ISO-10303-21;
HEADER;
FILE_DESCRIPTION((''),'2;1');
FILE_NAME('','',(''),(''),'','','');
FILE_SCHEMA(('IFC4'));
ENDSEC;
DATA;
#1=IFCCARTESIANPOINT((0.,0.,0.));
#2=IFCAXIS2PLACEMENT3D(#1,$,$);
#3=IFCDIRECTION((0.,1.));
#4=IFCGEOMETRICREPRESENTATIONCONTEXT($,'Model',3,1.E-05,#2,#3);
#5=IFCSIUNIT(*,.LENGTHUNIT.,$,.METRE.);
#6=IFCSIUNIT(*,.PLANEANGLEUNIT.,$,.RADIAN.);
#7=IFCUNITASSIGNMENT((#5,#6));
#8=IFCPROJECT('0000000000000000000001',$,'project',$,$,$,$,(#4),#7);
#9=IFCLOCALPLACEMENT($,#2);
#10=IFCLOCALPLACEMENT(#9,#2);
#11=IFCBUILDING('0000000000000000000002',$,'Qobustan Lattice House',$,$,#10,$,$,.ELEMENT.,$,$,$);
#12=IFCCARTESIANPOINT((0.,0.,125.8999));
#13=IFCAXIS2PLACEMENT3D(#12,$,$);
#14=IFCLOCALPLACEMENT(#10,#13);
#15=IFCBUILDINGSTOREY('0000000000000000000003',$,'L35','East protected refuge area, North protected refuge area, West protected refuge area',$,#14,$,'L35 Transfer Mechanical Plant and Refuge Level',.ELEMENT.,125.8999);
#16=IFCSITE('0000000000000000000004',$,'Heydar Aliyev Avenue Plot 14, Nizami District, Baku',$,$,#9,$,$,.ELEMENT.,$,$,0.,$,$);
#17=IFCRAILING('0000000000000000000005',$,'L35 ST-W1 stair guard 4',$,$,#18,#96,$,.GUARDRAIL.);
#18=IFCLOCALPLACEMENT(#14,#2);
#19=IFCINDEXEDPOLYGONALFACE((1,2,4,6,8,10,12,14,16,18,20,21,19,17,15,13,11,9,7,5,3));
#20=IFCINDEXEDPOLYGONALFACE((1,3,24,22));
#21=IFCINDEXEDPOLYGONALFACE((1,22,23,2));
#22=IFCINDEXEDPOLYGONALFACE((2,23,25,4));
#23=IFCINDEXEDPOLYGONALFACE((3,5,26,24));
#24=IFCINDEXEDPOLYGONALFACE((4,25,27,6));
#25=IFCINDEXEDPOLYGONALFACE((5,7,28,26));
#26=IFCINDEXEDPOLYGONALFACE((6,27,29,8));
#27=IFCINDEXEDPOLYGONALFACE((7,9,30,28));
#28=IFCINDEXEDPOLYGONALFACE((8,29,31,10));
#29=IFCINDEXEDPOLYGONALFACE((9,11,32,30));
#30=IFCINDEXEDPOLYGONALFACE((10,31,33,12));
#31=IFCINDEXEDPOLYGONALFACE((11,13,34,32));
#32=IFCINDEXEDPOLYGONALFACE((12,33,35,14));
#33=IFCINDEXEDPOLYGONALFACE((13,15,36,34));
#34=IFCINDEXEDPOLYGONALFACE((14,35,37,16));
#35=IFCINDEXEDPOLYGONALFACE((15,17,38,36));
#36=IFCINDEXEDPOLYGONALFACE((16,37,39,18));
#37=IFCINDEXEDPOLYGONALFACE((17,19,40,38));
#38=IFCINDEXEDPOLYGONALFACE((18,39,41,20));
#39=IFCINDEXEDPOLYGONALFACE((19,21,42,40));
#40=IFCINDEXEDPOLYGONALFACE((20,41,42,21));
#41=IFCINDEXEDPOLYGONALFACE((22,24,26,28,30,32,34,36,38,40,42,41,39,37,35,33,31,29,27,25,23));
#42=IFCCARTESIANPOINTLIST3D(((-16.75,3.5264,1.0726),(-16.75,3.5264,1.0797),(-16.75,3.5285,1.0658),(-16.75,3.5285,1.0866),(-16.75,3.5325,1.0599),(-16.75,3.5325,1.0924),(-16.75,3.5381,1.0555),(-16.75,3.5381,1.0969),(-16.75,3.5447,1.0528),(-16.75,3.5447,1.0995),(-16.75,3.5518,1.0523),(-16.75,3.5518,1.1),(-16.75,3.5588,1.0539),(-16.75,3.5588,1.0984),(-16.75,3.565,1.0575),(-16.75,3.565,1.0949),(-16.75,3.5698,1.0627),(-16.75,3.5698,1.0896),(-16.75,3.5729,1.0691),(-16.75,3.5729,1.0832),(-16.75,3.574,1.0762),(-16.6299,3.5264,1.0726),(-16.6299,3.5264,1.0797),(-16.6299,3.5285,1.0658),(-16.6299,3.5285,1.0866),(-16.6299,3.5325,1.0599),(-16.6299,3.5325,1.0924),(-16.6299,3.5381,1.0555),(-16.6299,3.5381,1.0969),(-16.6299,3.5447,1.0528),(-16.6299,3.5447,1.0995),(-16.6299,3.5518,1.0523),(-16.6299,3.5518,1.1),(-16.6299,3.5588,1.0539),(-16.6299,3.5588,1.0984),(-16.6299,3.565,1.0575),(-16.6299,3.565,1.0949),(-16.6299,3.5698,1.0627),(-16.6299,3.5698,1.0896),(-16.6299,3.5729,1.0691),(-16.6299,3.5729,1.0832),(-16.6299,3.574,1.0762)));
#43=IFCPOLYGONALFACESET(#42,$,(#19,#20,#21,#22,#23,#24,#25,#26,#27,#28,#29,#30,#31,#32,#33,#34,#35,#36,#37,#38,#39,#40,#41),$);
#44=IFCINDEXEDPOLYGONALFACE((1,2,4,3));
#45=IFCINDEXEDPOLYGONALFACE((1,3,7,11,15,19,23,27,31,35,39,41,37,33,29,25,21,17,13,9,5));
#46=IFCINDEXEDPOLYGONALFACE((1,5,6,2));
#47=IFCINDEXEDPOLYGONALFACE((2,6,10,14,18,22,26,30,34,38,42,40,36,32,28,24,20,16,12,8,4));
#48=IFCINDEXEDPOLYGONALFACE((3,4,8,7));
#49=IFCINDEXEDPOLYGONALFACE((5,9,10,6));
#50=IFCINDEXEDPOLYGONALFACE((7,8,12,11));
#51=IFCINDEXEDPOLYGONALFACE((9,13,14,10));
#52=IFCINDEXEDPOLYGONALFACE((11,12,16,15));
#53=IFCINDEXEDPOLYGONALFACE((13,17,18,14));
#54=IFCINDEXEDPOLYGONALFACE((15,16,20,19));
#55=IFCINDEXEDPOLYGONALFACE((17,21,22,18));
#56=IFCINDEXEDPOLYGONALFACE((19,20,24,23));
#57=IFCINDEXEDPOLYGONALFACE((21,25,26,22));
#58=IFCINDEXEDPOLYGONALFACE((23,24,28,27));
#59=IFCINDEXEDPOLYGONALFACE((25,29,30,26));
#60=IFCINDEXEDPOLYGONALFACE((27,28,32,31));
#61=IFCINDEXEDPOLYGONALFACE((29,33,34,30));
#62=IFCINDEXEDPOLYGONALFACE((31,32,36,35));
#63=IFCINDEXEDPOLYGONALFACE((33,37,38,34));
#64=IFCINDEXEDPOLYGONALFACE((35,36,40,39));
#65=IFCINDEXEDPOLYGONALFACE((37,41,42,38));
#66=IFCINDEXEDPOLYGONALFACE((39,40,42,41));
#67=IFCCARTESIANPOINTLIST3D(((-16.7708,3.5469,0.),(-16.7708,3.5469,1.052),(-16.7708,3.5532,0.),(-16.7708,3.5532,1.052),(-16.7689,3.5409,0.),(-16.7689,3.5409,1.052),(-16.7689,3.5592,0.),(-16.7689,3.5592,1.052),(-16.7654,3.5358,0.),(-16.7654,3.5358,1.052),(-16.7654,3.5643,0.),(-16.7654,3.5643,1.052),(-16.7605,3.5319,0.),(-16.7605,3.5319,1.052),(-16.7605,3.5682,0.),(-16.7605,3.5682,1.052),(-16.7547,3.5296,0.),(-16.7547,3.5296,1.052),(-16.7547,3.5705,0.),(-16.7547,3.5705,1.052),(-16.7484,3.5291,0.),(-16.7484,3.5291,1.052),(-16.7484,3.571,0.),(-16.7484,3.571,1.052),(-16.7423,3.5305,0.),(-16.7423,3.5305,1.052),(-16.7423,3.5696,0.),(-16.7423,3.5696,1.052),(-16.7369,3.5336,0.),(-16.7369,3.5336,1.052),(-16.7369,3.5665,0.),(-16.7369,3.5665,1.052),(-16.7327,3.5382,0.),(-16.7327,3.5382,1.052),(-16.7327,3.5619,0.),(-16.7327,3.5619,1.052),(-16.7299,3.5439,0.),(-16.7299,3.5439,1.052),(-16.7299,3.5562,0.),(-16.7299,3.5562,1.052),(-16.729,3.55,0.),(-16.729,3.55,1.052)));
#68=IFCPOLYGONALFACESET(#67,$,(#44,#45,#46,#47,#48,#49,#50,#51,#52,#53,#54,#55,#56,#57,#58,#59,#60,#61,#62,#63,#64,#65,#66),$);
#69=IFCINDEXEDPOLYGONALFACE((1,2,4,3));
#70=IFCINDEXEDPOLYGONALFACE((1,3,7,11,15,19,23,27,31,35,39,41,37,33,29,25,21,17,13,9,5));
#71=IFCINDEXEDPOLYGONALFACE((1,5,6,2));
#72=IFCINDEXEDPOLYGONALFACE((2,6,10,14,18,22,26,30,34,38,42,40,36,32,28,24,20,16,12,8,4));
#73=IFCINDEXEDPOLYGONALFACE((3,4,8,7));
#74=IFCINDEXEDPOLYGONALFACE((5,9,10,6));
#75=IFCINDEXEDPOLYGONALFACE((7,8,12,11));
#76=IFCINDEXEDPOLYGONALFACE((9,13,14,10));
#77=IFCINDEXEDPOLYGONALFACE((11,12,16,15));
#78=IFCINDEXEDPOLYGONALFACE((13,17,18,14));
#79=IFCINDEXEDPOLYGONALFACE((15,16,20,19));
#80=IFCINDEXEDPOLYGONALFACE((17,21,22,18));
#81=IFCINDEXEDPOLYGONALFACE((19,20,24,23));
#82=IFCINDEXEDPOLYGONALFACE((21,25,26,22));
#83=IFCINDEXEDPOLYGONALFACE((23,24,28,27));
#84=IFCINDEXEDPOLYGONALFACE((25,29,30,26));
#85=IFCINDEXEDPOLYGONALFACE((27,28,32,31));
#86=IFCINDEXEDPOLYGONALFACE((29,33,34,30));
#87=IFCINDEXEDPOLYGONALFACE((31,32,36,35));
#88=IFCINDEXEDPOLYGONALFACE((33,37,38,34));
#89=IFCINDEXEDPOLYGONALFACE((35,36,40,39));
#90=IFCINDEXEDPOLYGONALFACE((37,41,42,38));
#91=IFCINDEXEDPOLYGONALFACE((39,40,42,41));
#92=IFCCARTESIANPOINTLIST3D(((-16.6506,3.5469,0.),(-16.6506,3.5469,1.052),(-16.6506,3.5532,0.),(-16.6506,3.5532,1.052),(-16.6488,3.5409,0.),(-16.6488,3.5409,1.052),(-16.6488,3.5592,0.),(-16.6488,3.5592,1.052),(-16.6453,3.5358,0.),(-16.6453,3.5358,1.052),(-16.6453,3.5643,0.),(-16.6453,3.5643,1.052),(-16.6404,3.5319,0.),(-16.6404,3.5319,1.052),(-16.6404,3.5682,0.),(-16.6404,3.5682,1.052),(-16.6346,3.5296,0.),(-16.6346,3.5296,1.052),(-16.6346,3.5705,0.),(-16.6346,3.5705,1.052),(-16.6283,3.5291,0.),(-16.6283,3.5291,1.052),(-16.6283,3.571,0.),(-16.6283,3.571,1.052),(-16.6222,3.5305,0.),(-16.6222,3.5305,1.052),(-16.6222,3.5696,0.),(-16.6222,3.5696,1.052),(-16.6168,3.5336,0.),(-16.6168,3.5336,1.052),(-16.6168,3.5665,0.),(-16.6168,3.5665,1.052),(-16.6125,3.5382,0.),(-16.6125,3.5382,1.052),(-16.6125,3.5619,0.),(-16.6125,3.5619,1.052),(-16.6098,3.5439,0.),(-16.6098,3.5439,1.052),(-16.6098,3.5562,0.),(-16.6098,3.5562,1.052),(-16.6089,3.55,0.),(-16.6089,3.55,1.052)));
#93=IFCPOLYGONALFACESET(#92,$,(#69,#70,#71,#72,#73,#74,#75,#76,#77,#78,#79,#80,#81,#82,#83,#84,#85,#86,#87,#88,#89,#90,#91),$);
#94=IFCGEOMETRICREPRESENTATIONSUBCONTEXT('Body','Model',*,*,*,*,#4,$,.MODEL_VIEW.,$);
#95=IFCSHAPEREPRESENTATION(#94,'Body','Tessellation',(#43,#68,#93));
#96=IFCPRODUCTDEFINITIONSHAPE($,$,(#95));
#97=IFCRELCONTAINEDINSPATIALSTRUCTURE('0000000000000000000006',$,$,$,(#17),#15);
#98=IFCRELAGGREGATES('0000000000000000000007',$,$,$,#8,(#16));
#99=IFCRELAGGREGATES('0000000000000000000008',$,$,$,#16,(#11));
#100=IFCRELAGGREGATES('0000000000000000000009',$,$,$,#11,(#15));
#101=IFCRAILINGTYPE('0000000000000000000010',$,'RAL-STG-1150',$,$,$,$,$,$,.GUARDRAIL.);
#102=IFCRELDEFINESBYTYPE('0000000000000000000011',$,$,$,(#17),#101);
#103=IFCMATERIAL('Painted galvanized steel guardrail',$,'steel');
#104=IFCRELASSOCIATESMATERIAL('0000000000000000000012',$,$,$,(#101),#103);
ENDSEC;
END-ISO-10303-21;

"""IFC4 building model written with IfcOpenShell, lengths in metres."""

from ifc_helpers import new_model, si_unit, direction, frame, origin, origin_2d, place, context, subcontext, project, spatial, circle, extrude, material, type_object, element, save


model = new_model("IFC4")

# Units and contexts
model_context = context("Model", 3, precision=1e-05, world=origin(), true_north=direction((0.0, 1.0)))
body_context = subcontext(model_context, "Body", "Model", "MODEL_VIEW")
ifc_project = project(units=[si_unit("LENGTHUNIT", "METRE"), si_unit("PLANEANGLEUNIT", "RADIAN")], contexts=[model_context])

# Site, building, storey
site_placement = place(None, origin())
site = spatial("IfcSite", under=ifc_project, at=site_placement, Name="Heydar Aliyev Avenue Plot 14, Nizami District, Baku", CompositionType="ELEMENT", RefElevation=0.0)
building_placement = place(site_placement, origin())
building = spatial("IfcBuilding", under=site, at=building_placement, Name="Qobustan Lattice House", CompositionType="ELEMENT")
storey_placement = place(building_placement, frame((0.0, 0.0, 125.8999)))
storey = spatial("IfcBuildingStorey", under=building, at=storey_placement, Name="L35", Description="East protected refuge area, North protected refuge area, West protected refuge area", LongName="L35 Transfer Mechanical Plant and Refuge Level", CompositionType="ELEMENT", Elevation=125.8999)

# Railing
ifc_material_1 = material(Name="Painted galvanized steel guardrail", Category="steel")
railing_type_1 = type_object("IfcRailingType", Name="RAL-STG-1150", PredefinedType="GUARDRAIL", material=ifc_material_1)
railing_1_placement = place(storey_placement, frame((-16.75, 3.55, 0.0)))
element("IfcRailing", 1, at=railing_1_placement, inside=storey, type_object=railing_type_1, Name="L35 ST-W1 stair guard 4", PredefinedType="GUARDRAIL", context=body_context, shape_type="SweptSolid", body=[
    extrude(circle(Radius=0.0239, at=origin_2d()), frame((0.0, 0.0, 1.0762), z_axis=(1.0, 0.0, 0.0), x_axis=(0.0, 1.0, 0.0)), (0.0, 0.0, 1.0), 0.1201),
    extrude(circle(Radius=0.021, at=origin_2d()), origin(), (0.0, 0.0, 1.0), 1.052),
    extrude(circle(Radius=0.021, at=origin_2d()), frame((0.1201, 0.0, 0.0)), (0.0, 0.0, 1.0), 1.052),
])

save(model, "model.ifc")
